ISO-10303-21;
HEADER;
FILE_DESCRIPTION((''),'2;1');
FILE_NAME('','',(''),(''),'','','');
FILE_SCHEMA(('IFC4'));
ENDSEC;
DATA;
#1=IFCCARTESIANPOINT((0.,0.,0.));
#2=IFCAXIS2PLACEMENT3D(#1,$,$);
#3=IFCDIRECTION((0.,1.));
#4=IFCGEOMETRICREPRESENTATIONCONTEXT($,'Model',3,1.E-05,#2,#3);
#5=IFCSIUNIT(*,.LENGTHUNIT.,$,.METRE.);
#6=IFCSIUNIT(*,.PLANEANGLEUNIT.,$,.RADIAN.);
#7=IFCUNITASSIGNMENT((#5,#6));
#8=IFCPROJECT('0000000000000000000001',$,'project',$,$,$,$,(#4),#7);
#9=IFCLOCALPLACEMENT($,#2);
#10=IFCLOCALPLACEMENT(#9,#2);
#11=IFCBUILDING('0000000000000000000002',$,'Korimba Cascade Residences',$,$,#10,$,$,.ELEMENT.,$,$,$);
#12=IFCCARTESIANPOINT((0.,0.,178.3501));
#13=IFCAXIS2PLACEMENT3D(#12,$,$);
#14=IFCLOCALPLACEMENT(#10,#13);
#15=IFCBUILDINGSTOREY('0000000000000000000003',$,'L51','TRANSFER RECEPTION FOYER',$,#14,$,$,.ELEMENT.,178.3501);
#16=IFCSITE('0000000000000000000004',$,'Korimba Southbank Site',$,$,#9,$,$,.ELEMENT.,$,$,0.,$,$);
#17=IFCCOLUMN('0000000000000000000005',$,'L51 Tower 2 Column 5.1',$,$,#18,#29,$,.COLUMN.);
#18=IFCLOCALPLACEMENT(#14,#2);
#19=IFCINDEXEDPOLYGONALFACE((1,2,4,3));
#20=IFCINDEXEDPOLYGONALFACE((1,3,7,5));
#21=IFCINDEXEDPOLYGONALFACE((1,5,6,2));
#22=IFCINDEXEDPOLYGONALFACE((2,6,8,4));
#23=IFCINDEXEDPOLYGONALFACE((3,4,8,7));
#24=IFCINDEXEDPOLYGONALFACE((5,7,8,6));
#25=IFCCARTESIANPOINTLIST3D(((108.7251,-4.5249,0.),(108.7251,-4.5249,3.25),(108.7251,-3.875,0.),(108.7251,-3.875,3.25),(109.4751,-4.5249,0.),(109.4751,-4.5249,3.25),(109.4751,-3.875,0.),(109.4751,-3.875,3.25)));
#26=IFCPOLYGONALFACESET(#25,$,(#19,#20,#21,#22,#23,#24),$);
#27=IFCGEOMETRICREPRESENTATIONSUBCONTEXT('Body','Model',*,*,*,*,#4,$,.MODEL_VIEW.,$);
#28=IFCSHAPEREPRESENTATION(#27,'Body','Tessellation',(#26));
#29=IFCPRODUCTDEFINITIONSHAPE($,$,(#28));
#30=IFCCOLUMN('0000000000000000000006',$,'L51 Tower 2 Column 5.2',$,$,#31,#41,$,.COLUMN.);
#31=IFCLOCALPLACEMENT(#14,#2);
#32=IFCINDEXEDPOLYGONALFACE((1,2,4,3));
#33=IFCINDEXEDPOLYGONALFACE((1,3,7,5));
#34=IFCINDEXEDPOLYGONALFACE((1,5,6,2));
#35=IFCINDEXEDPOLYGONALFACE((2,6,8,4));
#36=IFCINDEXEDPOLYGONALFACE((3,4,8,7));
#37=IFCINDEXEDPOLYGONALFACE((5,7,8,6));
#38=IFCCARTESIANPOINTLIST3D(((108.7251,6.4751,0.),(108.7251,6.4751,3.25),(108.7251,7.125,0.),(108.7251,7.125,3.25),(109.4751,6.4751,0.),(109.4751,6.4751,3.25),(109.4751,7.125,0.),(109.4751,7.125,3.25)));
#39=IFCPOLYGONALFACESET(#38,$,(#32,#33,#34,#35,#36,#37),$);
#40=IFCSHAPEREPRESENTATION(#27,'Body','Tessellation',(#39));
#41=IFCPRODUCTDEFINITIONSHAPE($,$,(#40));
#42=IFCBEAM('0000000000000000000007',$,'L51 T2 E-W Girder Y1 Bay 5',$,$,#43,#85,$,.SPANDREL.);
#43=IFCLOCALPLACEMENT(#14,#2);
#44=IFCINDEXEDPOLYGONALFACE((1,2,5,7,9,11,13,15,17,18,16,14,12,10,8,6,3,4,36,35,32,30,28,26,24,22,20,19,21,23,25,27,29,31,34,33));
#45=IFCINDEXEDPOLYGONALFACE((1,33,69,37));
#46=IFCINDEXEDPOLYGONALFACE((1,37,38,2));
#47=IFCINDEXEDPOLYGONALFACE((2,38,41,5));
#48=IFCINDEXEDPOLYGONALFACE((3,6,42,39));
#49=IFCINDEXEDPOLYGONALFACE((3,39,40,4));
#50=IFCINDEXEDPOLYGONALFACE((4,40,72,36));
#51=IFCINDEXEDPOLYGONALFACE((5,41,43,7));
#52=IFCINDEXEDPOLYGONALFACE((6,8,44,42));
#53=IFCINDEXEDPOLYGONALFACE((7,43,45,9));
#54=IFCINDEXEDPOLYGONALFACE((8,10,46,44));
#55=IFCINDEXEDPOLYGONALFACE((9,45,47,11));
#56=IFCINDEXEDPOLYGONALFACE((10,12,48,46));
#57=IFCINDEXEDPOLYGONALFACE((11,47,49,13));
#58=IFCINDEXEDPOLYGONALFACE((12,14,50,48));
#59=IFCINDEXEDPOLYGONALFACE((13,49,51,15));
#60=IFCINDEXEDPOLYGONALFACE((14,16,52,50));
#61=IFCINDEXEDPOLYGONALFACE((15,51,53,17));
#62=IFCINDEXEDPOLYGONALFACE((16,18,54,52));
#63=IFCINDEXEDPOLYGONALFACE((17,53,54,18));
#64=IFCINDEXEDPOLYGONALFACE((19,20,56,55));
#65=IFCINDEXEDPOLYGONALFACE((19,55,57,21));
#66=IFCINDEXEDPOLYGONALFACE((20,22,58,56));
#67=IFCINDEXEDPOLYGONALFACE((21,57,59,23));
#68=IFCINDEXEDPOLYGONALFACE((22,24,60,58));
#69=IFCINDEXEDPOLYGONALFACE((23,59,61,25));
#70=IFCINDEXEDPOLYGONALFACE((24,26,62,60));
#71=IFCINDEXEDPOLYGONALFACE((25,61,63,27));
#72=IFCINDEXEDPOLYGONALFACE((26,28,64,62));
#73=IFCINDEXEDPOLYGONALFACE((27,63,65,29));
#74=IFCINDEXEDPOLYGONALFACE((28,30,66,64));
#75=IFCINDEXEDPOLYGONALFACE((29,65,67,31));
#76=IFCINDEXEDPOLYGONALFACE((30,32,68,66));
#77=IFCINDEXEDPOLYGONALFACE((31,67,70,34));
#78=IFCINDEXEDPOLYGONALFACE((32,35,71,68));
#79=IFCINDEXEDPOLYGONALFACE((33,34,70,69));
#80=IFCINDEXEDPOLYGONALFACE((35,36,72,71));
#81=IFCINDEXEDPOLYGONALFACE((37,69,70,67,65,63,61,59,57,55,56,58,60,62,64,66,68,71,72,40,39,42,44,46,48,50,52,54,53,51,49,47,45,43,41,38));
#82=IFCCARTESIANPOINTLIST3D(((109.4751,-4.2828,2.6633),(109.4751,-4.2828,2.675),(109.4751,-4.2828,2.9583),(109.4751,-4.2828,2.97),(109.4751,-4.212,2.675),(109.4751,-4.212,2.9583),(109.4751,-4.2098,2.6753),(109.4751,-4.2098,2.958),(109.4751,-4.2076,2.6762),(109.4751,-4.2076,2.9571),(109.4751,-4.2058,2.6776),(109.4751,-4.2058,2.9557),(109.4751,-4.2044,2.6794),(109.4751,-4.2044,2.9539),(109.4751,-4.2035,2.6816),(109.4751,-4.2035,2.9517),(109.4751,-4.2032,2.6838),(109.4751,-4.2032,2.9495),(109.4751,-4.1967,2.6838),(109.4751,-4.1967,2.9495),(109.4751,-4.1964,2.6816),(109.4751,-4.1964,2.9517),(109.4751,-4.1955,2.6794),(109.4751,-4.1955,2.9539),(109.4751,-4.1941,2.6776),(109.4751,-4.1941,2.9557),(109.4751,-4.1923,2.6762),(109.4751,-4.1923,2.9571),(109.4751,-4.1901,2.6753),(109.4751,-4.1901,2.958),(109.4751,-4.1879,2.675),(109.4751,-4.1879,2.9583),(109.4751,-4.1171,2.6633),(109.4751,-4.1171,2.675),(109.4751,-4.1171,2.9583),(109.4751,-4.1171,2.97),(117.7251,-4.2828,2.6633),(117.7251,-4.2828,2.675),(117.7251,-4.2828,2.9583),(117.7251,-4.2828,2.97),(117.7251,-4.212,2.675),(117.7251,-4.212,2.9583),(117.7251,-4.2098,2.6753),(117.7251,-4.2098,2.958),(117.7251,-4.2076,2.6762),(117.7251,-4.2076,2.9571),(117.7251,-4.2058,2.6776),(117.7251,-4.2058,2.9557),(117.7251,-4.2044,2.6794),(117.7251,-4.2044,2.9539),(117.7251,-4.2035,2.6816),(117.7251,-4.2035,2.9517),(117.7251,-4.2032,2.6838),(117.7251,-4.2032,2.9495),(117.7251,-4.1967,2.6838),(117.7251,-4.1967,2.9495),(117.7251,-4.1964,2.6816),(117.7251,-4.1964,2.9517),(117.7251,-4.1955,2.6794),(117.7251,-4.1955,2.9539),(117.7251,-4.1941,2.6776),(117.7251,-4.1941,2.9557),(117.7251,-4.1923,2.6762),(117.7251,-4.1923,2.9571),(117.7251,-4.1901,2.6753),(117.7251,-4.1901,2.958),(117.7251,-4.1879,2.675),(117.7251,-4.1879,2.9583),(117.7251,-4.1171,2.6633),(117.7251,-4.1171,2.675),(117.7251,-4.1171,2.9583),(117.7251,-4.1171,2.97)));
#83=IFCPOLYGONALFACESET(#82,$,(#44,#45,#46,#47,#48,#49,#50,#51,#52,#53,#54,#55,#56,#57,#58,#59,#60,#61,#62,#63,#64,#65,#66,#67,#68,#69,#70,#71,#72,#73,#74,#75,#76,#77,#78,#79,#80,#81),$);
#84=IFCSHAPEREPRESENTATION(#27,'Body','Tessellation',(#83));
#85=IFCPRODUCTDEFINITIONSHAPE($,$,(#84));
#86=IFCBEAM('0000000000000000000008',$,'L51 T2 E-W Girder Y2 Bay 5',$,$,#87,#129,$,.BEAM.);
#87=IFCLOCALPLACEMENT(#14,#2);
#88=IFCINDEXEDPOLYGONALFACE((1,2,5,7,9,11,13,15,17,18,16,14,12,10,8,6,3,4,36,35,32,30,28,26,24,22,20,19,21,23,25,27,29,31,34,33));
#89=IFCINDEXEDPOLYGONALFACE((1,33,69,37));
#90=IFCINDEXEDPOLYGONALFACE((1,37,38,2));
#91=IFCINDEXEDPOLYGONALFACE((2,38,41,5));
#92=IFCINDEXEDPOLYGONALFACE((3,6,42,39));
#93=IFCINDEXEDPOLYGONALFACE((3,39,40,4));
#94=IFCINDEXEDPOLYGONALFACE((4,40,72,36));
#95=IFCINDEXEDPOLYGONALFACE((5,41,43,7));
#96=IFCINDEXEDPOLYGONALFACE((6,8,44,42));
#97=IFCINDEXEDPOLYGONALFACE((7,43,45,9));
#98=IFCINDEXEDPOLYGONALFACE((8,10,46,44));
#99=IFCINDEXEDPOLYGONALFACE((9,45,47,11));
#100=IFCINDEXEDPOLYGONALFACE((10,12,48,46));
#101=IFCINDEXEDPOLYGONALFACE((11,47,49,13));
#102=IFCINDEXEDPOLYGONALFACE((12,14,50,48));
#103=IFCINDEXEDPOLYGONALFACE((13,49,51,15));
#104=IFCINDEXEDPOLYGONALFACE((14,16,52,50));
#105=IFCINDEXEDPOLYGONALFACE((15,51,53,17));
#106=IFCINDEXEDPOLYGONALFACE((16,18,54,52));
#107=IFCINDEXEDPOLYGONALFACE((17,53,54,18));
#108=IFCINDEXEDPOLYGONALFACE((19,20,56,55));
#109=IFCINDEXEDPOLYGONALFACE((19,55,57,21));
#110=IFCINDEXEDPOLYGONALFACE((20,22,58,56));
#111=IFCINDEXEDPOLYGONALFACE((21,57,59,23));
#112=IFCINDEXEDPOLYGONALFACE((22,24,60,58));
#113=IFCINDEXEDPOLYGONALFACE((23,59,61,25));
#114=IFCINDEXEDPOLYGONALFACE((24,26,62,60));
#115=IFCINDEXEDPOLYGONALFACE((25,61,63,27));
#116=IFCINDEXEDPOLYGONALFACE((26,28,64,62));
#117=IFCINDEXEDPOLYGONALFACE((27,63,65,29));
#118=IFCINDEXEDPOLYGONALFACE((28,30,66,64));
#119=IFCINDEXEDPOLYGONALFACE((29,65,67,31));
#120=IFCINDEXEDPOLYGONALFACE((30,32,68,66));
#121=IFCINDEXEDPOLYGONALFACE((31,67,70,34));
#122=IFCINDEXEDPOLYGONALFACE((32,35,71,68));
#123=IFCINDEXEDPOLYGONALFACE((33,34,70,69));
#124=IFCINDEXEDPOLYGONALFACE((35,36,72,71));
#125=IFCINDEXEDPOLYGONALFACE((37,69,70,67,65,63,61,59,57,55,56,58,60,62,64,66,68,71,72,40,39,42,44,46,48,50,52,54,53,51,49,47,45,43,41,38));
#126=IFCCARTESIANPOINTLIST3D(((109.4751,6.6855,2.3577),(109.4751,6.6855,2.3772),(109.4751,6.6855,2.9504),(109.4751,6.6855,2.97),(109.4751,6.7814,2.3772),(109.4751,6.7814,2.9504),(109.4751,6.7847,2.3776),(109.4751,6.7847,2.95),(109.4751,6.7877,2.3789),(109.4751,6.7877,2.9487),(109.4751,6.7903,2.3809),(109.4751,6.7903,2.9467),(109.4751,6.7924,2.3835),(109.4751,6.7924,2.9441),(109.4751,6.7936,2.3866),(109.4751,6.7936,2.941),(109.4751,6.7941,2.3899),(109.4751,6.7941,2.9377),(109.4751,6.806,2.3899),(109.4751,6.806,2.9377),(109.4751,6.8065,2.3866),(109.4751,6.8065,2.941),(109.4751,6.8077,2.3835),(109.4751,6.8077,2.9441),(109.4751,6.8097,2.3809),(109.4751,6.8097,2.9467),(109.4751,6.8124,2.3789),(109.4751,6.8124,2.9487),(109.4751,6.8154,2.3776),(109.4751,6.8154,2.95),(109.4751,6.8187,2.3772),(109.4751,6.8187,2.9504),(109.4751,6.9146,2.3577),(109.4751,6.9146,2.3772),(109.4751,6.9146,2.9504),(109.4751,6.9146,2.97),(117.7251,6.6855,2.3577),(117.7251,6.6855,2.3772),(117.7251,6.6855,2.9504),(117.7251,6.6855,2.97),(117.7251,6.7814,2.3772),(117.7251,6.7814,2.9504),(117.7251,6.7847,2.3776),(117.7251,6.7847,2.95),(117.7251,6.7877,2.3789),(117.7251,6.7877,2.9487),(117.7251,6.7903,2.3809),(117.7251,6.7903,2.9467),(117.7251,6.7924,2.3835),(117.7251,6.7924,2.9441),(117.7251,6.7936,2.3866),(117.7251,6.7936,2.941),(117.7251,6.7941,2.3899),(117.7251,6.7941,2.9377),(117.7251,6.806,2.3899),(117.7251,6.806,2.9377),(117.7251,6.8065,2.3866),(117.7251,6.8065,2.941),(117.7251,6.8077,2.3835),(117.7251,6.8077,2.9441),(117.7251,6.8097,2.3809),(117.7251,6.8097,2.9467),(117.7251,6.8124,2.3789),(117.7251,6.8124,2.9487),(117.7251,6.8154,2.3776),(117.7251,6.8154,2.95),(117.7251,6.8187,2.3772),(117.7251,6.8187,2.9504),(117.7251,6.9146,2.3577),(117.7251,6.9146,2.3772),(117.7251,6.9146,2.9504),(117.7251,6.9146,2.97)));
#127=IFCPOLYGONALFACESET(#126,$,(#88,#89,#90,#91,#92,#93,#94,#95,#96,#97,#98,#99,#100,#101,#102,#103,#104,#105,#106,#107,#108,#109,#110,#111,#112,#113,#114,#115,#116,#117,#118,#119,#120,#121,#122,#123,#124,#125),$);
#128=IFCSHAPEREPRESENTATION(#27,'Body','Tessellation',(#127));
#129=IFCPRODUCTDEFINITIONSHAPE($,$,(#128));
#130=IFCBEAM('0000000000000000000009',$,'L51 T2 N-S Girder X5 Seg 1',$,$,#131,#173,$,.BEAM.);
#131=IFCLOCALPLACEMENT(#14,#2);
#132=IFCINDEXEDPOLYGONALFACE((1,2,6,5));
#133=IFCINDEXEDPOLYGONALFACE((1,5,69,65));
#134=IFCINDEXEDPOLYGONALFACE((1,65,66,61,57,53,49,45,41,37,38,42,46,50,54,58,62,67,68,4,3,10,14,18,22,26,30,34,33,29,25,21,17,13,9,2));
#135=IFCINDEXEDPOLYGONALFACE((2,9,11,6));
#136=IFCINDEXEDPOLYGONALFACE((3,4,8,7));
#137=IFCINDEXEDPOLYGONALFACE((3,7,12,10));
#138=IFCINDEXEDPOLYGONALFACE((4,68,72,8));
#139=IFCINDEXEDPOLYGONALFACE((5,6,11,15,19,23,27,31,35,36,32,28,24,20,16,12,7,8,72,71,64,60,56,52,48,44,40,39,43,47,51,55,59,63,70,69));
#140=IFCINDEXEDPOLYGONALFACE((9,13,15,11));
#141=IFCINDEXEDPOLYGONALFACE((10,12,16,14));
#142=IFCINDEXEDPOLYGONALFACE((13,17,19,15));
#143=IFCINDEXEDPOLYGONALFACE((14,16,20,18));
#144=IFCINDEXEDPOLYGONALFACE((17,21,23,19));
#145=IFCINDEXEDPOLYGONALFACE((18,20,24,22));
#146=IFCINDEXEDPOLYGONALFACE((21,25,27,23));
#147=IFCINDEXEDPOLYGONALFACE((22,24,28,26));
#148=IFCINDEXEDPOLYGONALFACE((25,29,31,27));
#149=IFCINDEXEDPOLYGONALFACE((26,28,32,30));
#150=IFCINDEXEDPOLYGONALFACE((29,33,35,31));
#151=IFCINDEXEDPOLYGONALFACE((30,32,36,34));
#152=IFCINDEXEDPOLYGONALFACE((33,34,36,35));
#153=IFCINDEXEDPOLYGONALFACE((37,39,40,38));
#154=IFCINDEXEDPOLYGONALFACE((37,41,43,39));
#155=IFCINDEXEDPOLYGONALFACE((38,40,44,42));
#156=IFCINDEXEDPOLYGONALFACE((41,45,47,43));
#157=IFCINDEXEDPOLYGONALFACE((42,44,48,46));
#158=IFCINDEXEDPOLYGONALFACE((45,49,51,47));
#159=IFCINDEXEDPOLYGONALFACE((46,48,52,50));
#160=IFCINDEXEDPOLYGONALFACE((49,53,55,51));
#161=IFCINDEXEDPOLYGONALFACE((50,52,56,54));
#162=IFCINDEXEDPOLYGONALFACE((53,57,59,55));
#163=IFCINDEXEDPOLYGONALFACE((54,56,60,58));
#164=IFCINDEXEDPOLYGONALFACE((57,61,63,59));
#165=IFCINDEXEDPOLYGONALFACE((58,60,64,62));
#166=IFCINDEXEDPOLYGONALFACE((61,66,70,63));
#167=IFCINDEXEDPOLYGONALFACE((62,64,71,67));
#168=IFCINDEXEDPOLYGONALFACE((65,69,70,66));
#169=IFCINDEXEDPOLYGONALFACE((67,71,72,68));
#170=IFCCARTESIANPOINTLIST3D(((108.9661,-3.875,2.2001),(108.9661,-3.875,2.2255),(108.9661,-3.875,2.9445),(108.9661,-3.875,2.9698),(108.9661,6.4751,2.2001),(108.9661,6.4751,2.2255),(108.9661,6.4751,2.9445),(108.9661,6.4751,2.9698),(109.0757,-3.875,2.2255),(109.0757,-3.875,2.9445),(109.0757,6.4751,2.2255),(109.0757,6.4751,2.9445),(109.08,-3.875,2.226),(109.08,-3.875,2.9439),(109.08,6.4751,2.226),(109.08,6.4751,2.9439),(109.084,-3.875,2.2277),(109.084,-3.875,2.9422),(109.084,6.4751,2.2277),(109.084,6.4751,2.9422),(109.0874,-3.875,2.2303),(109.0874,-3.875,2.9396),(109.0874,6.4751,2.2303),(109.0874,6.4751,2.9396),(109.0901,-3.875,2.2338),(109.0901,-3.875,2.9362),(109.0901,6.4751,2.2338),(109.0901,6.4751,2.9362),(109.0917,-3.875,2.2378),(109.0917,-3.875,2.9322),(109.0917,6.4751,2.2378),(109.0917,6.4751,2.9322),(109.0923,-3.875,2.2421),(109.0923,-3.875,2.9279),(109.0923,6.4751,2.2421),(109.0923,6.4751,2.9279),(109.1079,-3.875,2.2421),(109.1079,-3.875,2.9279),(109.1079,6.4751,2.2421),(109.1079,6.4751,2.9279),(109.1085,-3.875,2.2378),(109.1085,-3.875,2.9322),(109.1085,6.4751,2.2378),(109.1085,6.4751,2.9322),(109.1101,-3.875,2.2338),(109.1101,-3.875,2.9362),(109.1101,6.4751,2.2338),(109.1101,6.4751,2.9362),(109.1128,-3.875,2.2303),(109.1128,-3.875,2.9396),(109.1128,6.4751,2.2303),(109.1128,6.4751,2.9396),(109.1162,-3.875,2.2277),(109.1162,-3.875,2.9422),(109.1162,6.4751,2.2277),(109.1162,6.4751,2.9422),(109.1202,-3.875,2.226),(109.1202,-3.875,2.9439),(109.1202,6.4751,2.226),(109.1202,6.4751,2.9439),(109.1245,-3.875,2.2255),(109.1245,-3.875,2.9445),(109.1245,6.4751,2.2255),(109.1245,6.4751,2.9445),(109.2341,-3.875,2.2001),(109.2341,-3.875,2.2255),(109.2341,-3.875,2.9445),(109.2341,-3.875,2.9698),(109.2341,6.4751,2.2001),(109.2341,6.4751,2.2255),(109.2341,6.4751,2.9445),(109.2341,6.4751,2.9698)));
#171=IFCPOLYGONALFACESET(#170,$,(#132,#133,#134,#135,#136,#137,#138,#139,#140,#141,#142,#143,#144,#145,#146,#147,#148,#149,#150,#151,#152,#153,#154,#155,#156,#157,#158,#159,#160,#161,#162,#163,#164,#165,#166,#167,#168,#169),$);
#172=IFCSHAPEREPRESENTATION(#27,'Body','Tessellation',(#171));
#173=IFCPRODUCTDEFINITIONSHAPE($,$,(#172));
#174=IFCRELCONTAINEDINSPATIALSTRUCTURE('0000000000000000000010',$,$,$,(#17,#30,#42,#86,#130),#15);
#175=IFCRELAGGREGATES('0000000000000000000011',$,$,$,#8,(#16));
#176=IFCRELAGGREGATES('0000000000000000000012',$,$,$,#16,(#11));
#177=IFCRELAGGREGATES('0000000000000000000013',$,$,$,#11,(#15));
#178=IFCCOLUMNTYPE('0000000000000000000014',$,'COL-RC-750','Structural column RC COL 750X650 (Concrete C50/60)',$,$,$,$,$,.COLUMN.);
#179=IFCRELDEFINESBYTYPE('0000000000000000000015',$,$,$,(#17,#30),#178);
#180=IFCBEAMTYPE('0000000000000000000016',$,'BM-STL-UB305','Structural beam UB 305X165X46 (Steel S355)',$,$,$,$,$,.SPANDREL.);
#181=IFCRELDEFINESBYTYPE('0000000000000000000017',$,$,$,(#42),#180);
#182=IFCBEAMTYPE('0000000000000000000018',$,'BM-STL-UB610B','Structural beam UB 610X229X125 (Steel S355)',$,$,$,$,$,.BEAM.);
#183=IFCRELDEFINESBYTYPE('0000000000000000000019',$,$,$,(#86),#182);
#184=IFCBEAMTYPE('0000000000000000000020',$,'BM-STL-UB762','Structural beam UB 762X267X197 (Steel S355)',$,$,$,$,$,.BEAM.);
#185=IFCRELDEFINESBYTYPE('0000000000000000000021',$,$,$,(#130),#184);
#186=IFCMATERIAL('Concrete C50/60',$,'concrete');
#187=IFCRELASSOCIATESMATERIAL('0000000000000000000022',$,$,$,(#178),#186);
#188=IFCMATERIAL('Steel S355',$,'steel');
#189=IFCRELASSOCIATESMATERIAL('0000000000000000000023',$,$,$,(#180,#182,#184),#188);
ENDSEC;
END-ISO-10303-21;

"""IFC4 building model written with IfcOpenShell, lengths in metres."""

from ifc_helpers import new_model, si_unit, direction, frame, origin, origin_2d, place, context, subcontext, project, spatial, rectangle, i_section, extrude, material, material_profile, profile_set, type_object, element, save


model = new_model("IFC4")

# Units and contexts
model_context = context("Model", 3, precision=1e-05, world=origin(), true_north=direction((0.0, 1.0)))
body_context = subcontext(model_context, "Body", "Model", "MODEL_VIEW")
ifc_project = project(units=[si_unit("LENGTHUNIT", "METRE"), si_unit("PLANEANGLEUNIT", "RADIAN")], contexts=[model_context])

# Site, building, storey
site_placement = place(None, origin())
site = spatial("IfcSite", under=ifc_project, at=site_placement, Name="Korimba Southbank Site", CompositionType="ELEMENT", RefElevation=0.0)
building_placement = place(site_placement, origin())
building = spatial("IfcBuilding", under=site, at=building_placement, Name="Korimba Cascade Residences", CompositionType="ELEMENT")
storey_placement = place(building_placement, frame((0.0, 0.0, 178.3501)))
storey = spatial("IfcBuildingStorey", under=building, at=storey_placement, Name="L51", Description="TRANSFER RECEPTION FOYER", CompositionType="ELEMENT", Elevation=178.3501)

# Columns
ifc_material_1 = material(Name="Concrete C50/60", Category="concrete")
ifc_material_profile_1 = material_profile(ifc_material_1, rectangle(XDim=0.75, YDim=0.6499, at=origin_2d()), Name="Concrete C50/60")
ifc_profile_set_1 = profile_set([ifc_material_profile_1], Name="Concrete C50/60")
column_type = type_object("IfcColumnType", Name="COL-RC-750", Description="Structural column RC COL 750X650 (Concrete C50/60)", PredefinedType="COLUMN", material=ifc_profile_set_1)
for number, where, z_axis, x_axis, name in (
    (1, (109.1001, -4.2, 0.0), (0.0, 0.0, 1.0), (1.0, 0.0, 0.0), "L51 Tower 2 Column 5.1"),
    (2, (109.1001, 6.8, 0.0), (0.0, 0.0, 1.0), (1.0, 0.0, 0.0), "L51 Tower 2 Column 5.2"),
):
    element("IfcColumn", number, at=place(storey_placement, frame(where, z_axis=z_axis, x_axis=x_axis)), inside=storey, type_object=column_type, Name=name, PredefinedType="COLUMN", context=body_context, shape_type="SweptSolid", body=[
        extrude(rectangle(XDim=0.75, YDim=0.6499, at=origin_2d()), origin(), (0.0, 0.0, 1.0), 3.25),
    ])

# Beams
ifc_material_2 = material(Name="Steel S355", Category="steel")
ifc_material_profile_2 = material_profile(ifc_material_2, i_section(OverallWidth=0.1658, OverallDepth=0.3066, WebThickness=0.0066, FlangeThickness=0.0117, FilletRadius=0.0088, at=origin_2d()), Name="Steel S355")
ifc_profile_set_2 = profile_set([ifc_material_profile_2], Name="Steel S355")
beam_type_1 = type_object("IfcBeamType", Name="BM-STL-UB305", Description="Structural beam UB 305X165X46 (Steel S355)", PredefinedType="SPANDREL", material=ifc_profile_set_2)
beam_1_placement = place(storey_placement, frame((109.4751, -4.2, 2.8167), z_axis=(1.0, 0.0, 0.0), x_axis=(0.0, 1.0, 0.0)))
element("IfcBeam", 3, at=beam_1_placement, inside=storey, type_object=beam_type_1, Name="L51 T2 E-W Girder Y1 Bay 5", PredefinedType="SPANDREL", context=body_context, shape_type="SweptSolid", body=[
    extrude(i_section(OverallWidth=0.1658, OverallDepth=0.3066, WebThickness=0.0066, FlangeThickness=0.0117, FilletRadius=0.0088, at=origin_2d()), origin(), (0.0, 0.0, 1.0), 8.25),
])
ifc_material_profile_3 = material_profile(ifc_material_2, i_section(OverallWidth=0.229, OverallDepth=0.6123, WebThickness=0.012, FlangeThickness=0.0195, FilletRadius=0.0127, at=origin_2d()), Name="Steel S355")
ifc_profile_set_3 = profile_set([ifc_material_profile_3], Name="Steel S355")
beam_type_2 = type_object("IfcBeamType", Name="BM-STL-UB610B", Description="Structural beam UB 610X229X125 (Steel S355)", PredefinedType="BEAM", material=ifc_profile_set_3)
beam_2_placement = place(storey_placement, frame((109.4751, 6.8, 2.6638), z_axis=(1.0, 0.0, 0.0), x_axis=(0.0, 1.0, 0.0)))
element("IfcBeam", 4, at=beam_2_placement, inside=storey, type_object=beam_type_2, Name="L51 T2 E-W Girder Y2 Bay 5", PredefinedType="BEAM", context=body_context, shape_type="SweptSolid", body=[
    extrude(i_section(OverallWidth=0.229, OverallDepth=0.6123, WebThickness=0.012, FlangeThickness=0.0195, FilletRadius=0.0127, at=origin_2d()), origin(), (0.0, 0.0, 1.0), 8.25),
])
ifc_material_profile_4 = material_profile(ifc_material_2, i_section(OverallWidth=0.2681, OverallDepth=0.7698, WebThickness=0.0156, FlangeThickness=0.0254, FilletRadius=0.0166, at=origin_2d()), Name="Steel S355")
ifc_profile_set_4 = profile_set([ifc_material_profile_4], Name="Steel S355")
beam_type_3 = type_object("IfcBeamType", Name="BM-STL-UB762", Description="Structural beam UB 762X267X197 (Steel S355)", PredefinedType="BEAM", material=ifc_profile_set_4)
beam_3_placement = place(storey_placement, frame((109.1001, -3.875, 2.585), z_axis=(0.0, 1.0, 0.0), x_axis=(-1.0, 0.0, 0.0)))
element("IfcBeam", 5, at=beam_3_placement, inside=storey, type_object=beam_type_3, Name="L51 T2 N-S Girder X5 Seg 1", PredefinedType="BEAM", context=body_context, shape_type="SweptSolid", body=[
    extrude(i_section(OverallWidth=0.2681, OverallDepth=0.7698, WebThickness=0.0156, FlangeThickness=0.0254, FilletRadius=0.0166, at=origin_2d()), origin(), (0.0, 0.0, 1.0), 10.3501),
])

save(model, "model.ifc")
